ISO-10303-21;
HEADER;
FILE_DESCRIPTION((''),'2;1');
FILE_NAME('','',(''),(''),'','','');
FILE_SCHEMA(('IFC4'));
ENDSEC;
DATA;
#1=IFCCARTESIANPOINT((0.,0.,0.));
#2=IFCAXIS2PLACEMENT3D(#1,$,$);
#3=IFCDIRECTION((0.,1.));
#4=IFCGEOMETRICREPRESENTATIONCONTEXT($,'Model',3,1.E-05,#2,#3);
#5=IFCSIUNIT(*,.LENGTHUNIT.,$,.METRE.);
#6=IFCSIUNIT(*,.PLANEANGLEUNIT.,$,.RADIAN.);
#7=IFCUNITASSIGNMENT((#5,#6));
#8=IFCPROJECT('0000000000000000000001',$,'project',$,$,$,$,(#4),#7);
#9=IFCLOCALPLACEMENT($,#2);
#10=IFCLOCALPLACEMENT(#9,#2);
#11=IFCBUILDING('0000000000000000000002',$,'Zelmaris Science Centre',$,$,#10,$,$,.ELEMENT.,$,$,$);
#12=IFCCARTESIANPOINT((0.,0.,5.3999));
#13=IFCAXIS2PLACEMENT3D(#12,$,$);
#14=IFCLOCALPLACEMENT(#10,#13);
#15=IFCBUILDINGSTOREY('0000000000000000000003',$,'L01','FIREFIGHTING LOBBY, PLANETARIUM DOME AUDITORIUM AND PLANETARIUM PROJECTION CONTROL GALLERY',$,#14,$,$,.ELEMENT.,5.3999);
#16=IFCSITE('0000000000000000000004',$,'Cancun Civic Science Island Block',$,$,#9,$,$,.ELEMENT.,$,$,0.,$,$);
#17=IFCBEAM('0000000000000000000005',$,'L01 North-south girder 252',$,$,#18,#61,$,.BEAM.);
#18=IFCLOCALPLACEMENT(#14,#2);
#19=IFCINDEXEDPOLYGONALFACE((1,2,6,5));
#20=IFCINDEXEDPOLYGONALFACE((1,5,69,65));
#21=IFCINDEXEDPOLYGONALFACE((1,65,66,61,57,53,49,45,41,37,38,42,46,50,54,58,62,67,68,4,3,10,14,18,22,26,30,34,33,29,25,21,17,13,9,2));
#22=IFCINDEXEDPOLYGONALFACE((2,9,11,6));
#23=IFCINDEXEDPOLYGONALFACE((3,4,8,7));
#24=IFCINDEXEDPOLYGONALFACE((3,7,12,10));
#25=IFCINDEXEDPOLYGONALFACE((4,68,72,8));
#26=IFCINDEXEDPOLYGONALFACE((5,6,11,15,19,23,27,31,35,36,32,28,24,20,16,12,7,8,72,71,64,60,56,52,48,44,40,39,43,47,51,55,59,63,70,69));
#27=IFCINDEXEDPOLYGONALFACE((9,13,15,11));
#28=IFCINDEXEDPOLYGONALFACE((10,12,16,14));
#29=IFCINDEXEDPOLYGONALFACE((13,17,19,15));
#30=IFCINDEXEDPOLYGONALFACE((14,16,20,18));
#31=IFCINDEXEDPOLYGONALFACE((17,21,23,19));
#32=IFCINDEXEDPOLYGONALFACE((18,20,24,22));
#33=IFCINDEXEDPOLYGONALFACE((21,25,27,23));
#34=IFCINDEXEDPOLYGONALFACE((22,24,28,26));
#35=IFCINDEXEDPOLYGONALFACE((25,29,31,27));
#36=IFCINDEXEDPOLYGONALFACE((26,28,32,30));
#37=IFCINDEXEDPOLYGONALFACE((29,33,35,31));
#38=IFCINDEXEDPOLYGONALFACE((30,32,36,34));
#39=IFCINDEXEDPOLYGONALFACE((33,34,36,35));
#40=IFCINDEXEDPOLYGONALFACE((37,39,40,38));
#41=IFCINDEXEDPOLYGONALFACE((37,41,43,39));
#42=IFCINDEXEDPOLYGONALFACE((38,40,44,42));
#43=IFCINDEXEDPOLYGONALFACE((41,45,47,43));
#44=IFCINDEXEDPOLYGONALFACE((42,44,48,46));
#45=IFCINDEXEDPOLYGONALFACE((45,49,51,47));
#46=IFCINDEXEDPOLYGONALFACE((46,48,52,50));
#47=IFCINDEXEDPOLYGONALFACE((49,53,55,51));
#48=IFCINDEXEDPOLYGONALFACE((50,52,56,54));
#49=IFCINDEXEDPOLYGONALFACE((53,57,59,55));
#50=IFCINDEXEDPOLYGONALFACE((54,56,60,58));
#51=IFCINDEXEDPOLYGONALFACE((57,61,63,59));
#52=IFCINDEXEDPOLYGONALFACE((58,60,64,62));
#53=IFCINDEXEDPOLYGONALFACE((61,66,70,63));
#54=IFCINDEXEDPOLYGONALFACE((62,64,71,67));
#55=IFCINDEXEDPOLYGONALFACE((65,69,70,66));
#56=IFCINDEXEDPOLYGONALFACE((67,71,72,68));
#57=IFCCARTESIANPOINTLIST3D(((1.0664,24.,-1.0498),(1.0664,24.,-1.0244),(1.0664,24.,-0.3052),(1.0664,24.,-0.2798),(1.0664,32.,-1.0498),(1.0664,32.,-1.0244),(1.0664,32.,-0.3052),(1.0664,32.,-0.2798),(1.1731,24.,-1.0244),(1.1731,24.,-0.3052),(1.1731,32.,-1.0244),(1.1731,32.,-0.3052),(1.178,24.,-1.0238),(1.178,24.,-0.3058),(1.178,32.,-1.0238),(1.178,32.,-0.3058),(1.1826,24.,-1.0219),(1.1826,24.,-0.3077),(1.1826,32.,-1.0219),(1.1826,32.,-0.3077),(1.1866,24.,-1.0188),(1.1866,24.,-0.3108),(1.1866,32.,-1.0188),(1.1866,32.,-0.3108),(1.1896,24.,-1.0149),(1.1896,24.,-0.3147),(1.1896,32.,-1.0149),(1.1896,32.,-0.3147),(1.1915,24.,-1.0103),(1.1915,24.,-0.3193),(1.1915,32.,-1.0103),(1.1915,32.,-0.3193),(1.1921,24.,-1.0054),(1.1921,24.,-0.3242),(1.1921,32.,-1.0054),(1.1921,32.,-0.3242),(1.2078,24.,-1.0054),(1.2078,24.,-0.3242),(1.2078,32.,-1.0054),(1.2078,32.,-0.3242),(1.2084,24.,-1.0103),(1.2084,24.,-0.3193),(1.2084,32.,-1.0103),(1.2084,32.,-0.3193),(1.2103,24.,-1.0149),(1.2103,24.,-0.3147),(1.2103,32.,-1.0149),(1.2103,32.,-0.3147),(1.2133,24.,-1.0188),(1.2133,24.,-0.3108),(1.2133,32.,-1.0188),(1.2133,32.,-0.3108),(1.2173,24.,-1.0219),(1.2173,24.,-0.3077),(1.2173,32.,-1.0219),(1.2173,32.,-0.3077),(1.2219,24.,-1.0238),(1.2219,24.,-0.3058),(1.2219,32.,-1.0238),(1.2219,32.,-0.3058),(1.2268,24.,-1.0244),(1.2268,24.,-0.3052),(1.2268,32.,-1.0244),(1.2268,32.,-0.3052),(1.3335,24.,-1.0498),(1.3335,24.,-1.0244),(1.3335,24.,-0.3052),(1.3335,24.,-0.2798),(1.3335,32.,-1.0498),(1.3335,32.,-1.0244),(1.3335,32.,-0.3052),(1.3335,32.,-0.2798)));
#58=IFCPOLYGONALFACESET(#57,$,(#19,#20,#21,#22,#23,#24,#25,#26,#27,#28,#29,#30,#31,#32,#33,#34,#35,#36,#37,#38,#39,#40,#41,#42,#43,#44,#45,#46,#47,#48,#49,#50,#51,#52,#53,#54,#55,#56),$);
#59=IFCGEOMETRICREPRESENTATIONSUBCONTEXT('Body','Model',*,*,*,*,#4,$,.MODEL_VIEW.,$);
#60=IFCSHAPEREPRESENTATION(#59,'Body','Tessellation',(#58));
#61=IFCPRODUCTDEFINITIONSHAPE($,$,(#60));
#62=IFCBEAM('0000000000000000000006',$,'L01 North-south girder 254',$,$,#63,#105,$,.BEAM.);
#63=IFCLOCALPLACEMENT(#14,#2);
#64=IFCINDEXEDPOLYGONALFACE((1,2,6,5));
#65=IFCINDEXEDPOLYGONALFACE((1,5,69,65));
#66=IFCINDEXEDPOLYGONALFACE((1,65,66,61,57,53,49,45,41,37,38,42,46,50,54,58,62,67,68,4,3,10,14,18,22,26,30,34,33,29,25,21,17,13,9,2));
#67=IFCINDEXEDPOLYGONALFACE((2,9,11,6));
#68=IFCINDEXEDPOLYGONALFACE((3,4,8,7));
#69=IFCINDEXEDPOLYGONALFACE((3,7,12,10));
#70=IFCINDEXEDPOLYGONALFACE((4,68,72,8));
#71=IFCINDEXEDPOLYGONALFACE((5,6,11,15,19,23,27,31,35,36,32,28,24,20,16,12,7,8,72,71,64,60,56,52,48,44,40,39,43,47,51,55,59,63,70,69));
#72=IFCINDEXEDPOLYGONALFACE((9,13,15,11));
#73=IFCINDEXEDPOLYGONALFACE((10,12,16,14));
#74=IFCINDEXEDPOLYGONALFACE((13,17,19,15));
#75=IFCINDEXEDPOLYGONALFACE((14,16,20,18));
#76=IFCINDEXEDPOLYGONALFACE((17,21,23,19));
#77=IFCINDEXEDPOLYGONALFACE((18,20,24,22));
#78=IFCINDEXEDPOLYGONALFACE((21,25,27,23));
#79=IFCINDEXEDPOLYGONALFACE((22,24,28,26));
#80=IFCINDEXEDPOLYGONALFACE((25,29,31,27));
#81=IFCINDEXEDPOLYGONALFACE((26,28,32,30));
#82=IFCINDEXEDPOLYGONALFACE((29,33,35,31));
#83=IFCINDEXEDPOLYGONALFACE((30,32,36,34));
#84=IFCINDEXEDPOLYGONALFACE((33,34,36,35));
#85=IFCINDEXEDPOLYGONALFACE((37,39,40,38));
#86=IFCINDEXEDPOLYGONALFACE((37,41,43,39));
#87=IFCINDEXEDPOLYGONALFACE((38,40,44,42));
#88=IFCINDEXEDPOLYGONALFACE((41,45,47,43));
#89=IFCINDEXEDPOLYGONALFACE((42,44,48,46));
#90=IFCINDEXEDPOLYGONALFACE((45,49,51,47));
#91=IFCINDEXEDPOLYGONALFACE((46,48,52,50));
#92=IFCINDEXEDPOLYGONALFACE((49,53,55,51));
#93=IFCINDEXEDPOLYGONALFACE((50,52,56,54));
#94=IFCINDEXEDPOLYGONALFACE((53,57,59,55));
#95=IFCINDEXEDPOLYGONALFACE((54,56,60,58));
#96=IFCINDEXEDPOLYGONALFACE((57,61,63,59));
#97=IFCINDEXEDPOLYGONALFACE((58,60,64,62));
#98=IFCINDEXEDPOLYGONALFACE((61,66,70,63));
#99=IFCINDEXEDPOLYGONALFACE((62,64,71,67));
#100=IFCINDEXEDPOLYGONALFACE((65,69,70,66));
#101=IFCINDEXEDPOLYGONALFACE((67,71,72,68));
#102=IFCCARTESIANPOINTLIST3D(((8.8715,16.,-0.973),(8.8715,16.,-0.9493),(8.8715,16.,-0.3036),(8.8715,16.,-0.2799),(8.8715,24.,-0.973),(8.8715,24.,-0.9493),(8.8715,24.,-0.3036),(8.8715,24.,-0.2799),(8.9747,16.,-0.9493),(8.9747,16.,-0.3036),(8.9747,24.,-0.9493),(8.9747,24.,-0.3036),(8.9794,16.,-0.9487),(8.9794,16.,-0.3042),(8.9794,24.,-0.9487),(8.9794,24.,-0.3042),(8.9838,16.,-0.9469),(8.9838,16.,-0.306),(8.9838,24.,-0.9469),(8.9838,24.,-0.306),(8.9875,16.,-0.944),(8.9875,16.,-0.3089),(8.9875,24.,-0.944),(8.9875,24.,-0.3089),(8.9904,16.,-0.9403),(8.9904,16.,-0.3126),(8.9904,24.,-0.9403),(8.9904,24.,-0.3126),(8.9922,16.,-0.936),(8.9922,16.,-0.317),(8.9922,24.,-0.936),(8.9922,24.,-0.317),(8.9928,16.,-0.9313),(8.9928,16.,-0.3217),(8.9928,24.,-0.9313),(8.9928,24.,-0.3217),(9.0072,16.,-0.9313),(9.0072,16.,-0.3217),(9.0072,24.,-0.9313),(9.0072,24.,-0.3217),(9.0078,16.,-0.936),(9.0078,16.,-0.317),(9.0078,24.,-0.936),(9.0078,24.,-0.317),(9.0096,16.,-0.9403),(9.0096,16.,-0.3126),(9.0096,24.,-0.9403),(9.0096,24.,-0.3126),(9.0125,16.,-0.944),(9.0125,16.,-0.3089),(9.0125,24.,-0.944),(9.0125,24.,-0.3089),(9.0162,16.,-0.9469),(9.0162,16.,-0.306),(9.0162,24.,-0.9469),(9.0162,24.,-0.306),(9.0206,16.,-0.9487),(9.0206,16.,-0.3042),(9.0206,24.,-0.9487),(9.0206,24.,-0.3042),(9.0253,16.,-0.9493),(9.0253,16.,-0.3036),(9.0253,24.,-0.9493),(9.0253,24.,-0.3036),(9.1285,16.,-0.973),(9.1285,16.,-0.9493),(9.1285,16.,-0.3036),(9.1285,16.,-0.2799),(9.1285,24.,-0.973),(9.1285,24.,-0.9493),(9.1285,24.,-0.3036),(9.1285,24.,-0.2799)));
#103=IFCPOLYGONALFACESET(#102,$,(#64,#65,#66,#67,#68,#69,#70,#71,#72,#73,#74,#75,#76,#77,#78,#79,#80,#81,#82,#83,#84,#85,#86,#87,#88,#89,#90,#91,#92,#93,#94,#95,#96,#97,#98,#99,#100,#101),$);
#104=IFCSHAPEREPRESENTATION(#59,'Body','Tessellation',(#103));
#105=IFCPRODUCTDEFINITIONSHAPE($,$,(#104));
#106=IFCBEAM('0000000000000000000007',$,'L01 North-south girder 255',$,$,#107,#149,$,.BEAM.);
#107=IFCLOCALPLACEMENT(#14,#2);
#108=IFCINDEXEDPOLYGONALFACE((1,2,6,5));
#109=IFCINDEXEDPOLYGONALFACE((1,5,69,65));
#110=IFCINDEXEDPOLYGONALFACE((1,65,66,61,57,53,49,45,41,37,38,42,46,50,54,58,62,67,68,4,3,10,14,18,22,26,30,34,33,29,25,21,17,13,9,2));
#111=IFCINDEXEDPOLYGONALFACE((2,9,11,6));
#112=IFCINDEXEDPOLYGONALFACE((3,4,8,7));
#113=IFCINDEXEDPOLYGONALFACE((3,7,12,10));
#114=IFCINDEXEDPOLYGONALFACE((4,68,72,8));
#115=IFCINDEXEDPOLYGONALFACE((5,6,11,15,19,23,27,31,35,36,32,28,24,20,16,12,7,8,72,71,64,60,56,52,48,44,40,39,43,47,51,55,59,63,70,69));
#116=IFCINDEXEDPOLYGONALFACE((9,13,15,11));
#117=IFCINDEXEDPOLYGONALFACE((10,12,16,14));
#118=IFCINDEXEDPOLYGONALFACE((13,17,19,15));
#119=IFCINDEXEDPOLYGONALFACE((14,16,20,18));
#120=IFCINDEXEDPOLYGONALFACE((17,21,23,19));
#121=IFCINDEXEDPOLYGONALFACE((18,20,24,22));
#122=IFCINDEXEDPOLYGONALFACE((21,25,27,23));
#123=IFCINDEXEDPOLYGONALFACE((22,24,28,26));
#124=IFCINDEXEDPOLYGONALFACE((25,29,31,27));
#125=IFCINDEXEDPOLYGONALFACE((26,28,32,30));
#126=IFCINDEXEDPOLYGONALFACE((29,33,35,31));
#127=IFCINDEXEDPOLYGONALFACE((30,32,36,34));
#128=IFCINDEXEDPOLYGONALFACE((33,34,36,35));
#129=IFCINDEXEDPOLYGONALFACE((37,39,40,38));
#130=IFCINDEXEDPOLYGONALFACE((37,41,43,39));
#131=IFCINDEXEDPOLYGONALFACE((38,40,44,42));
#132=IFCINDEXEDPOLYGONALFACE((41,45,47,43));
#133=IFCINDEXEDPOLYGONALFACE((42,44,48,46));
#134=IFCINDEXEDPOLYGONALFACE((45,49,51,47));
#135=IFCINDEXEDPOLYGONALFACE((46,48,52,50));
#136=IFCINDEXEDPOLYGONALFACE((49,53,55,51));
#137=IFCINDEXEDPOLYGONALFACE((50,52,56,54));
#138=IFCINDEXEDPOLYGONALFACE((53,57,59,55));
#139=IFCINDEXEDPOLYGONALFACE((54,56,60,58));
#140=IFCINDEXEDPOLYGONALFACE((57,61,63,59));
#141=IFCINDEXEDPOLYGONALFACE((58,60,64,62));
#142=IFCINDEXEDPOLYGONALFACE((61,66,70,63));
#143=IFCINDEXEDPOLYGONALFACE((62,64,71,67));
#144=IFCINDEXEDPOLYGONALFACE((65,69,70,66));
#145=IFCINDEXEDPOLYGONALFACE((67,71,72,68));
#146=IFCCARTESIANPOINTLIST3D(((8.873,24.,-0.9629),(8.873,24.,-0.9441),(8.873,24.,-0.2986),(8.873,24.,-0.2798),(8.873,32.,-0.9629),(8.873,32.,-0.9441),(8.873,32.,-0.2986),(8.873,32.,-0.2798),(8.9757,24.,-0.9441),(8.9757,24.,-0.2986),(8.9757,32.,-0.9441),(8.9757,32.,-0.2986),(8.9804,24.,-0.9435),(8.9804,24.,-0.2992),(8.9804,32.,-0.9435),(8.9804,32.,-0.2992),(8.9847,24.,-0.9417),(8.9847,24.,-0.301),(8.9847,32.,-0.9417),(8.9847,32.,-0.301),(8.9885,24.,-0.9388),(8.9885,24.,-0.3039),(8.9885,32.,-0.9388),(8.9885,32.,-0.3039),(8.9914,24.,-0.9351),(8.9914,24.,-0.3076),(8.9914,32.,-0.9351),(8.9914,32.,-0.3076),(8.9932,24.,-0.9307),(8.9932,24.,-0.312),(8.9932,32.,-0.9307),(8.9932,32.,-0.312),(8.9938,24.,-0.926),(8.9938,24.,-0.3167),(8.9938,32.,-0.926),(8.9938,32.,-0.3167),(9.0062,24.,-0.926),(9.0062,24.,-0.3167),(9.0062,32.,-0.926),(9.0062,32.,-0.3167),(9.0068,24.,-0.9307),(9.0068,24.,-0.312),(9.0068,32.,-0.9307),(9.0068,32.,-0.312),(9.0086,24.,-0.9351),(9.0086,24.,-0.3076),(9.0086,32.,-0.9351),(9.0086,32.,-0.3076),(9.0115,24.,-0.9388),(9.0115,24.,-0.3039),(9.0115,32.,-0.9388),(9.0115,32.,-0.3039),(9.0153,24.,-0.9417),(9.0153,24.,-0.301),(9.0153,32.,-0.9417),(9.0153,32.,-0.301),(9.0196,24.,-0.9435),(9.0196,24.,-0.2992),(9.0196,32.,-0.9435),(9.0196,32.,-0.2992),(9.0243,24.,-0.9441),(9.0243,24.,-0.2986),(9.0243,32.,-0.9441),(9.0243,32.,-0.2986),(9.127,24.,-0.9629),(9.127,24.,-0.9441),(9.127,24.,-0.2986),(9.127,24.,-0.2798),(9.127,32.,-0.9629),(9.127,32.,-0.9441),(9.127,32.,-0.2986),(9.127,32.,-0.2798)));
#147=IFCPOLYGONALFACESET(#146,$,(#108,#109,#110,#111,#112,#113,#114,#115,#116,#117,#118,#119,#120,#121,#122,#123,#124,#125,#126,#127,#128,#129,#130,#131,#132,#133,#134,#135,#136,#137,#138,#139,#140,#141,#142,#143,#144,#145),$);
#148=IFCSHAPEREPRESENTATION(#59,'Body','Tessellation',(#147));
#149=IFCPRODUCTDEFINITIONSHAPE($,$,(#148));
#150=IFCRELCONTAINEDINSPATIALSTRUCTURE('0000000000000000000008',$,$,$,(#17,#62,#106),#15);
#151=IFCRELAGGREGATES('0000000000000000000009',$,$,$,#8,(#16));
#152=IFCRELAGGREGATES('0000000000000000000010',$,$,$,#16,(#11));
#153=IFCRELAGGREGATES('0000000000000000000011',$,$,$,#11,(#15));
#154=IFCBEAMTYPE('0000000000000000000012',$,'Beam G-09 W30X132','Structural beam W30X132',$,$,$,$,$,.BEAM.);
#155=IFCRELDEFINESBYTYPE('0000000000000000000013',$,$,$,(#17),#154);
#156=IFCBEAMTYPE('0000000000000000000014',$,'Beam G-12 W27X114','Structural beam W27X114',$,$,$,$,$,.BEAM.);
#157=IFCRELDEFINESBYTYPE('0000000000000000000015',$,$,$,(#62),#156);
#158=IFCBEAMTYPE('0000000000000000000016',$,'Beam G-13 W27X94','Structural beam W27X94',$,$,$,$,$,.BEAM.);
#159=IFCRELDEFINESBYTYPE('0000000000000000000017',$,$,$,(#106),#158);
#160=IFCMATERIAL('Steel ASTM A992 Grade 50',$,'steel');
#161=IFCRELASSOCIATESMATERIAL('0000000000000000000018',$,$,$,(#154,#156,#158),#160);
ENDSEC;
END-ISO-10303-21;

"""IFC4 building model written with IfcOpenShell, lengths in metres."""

from ifc_helpers import new_model, si_unit, direction, frame, origin, origin_2d, place, context, subcontext, project, spatial, i_section, extrude, material, material_profile, profile_set, type_object, element, save


model = new_model("IFC4")

# Units and contexts
model_context = context("Model", 3, precision=1e-05, world=origin(), true_north=direction((0.0, 1.0)))
body_context = subcontext(model_context, "Body", "Model", "MODEL_VIEW")
ifc_project = project(units=[si_unit("LENGTHUNIT", "METRE"), si_unit("PLANEANGLEUNIT", "RADIAN")], contexts=[model_context])

# Site, building, storey
site_placement = place(None, origin())
site = spatial("IfcSite", under=ifc_project, at=site_placement, Name="Cancun Civic Science Island Block", CompositionType="ELEMENT", RefElevation=0.0)
building_placement = place(site_placement, origin())
building = spatial("IfcBuilding", under=site, at=building_placement, Name="Zelmaris Science Centre", CompositionType="ELEMENT")
storey_placement = place(building_placement, frame((0.0, 0.0, 5.3999)))
storey = spatial("IfcBuildingStorey", under=building, at=storey_placement, Name="L01", Description="FIREFIGHTING LOBBY, PLANETARIUM DOME AUDITORIUM AND PLANETARIUM PROJECTION CONTROL GALLERY", CompositionType="ELEMENT", Elevation=5.3999)

# Shared definitions
ifc_material_1 = material(Name="Steel ASTM A992 Grade 50", Category="steel")

# Beams
ifc_material_profile_1 = material_profile(ifc_material_1, i_section(OverallWidth=0.2671, OverallDepth=0.77, WebThickness=0.0156, FlangeThickness=0.0254, FilletRadius=0.019, at=origin_2d()), Name="W30X132")
ifc_profile_set_1 = profile_set([ifc_material_profile_1], Name="Steel ASTM A992 Grade 50")
beam_type_1 = type_object("IfcBeamType", Name="Beam G-09 W30X132", Description="Structural beam W30X132", PredefinedType="BEAM", material=ifc_profile_set_1)
beam_1_placement = place(storey_placement, frame((1.2, 24.0, -0.6648), z_axis=(0.0, 1.0, 0.0), x_axis=(-1.0, 0.0, 0.0)))
element("IfcBeam", 1, at=beam_1_placement, inside=storey, type_object=beam_type_1, Name="L01 North-south girder 252", PredefinedType="BEAM", context=body_context, shape_type="SweptSolid", body=[
    extrude(i_section(OverallWidth=0.2671, OverallDepth=0.77, WebThickness=0.0156, FlangeThickness=0.0254, FilletRadius=0.019, at=origin_2d()), origin(), (0.0, 0.0, 1.0), 8.0),
])
ifc_material_profile_2 = material_profile(ifc_material_1, i_section(OverallWidth=0.2571, OverallDepth=0.6931, WebThickness=0.0144, FlangeThickness=0.0237, FilletRadius=0.0181, at=origin_2d()), Name="W27X114")
ifc_profile_set_2 = profile_set([ifc_material_profile_2], Name="Steel ASTM A992 Grade 50")
beam_type_2 = type_object("IfcBeamType", Name="Beam G-12 W27X114", Description="Structural beam W27X114", PredefinedType="BEAM", material=ifc_profile_set_2)
beam_2_placement = place(storey_placement, frame((9.0, 16.0, -0.6265), z_axis=(0.0, 1.0, 0.0), x_axis=(-1.0, 0.0, 0.0)))
element("IfcBeam", 2, at=beam_2_placement, inside=storey, type_object=beam_type_2, Name="L01 North-south girder 254", PredefinedType="BEAM", context=body_context, shape_type="SweptSolid", body=[
    extrude(i_section(OverallWidth=0.2571, OverallDepth=0.6931, WebThickness=0.0144, FlangeThickness=0.0237, FilletRadius=0.0181, at=origin_2d()), origin(), (0.0, 0.0, 1.0), 8.0),
])
ifc_material_profile_3 = material_profile(ifc_material_1, i_section(OverallWidth=0.2539, OverallDepth=0.6831, WebThickness=0.0125, FlangeThickness=0.0188, FilletRadius=0.0181, at=origin_2d()), Name="W27X94")
ifc_profile_set_3 = profile_set([ifc_material_profile_3], Name="Steel ASTM A992 Grade 50")
beam_type_3 = type_object("IfcBeamType", Name="Beam G-13 W27X94", Description="Structural beam W27X94", PredefinedType="BEAM", material=ifc_profile_set_3)
beam_3_placement = place(storey_placement, frame((9.0, 24.0, -0.6213), z_axis=(0.0, 1.0, 0.0), x_axis=(-1.0, 0.0, 0.0)))
element("IfcBeam", 3, at=beam_3_placement, inside=storey, type_object=beam_type_3, Name="L01 North-south girder 255", PredefinedType="BEAM", context=body_context, shape_type="SweptSolid", body=[
    extrude(i_section(OverallWidth=0.2539, OverallDepth=0.6831, WebThickness=0.0125, FlangeThickness=0.0188, FilletRadius=0.0181, at=origin_2d()), origin(), (0.0, 0.0, 1.0), 8.0),
])

save(model, "model.ifc")
